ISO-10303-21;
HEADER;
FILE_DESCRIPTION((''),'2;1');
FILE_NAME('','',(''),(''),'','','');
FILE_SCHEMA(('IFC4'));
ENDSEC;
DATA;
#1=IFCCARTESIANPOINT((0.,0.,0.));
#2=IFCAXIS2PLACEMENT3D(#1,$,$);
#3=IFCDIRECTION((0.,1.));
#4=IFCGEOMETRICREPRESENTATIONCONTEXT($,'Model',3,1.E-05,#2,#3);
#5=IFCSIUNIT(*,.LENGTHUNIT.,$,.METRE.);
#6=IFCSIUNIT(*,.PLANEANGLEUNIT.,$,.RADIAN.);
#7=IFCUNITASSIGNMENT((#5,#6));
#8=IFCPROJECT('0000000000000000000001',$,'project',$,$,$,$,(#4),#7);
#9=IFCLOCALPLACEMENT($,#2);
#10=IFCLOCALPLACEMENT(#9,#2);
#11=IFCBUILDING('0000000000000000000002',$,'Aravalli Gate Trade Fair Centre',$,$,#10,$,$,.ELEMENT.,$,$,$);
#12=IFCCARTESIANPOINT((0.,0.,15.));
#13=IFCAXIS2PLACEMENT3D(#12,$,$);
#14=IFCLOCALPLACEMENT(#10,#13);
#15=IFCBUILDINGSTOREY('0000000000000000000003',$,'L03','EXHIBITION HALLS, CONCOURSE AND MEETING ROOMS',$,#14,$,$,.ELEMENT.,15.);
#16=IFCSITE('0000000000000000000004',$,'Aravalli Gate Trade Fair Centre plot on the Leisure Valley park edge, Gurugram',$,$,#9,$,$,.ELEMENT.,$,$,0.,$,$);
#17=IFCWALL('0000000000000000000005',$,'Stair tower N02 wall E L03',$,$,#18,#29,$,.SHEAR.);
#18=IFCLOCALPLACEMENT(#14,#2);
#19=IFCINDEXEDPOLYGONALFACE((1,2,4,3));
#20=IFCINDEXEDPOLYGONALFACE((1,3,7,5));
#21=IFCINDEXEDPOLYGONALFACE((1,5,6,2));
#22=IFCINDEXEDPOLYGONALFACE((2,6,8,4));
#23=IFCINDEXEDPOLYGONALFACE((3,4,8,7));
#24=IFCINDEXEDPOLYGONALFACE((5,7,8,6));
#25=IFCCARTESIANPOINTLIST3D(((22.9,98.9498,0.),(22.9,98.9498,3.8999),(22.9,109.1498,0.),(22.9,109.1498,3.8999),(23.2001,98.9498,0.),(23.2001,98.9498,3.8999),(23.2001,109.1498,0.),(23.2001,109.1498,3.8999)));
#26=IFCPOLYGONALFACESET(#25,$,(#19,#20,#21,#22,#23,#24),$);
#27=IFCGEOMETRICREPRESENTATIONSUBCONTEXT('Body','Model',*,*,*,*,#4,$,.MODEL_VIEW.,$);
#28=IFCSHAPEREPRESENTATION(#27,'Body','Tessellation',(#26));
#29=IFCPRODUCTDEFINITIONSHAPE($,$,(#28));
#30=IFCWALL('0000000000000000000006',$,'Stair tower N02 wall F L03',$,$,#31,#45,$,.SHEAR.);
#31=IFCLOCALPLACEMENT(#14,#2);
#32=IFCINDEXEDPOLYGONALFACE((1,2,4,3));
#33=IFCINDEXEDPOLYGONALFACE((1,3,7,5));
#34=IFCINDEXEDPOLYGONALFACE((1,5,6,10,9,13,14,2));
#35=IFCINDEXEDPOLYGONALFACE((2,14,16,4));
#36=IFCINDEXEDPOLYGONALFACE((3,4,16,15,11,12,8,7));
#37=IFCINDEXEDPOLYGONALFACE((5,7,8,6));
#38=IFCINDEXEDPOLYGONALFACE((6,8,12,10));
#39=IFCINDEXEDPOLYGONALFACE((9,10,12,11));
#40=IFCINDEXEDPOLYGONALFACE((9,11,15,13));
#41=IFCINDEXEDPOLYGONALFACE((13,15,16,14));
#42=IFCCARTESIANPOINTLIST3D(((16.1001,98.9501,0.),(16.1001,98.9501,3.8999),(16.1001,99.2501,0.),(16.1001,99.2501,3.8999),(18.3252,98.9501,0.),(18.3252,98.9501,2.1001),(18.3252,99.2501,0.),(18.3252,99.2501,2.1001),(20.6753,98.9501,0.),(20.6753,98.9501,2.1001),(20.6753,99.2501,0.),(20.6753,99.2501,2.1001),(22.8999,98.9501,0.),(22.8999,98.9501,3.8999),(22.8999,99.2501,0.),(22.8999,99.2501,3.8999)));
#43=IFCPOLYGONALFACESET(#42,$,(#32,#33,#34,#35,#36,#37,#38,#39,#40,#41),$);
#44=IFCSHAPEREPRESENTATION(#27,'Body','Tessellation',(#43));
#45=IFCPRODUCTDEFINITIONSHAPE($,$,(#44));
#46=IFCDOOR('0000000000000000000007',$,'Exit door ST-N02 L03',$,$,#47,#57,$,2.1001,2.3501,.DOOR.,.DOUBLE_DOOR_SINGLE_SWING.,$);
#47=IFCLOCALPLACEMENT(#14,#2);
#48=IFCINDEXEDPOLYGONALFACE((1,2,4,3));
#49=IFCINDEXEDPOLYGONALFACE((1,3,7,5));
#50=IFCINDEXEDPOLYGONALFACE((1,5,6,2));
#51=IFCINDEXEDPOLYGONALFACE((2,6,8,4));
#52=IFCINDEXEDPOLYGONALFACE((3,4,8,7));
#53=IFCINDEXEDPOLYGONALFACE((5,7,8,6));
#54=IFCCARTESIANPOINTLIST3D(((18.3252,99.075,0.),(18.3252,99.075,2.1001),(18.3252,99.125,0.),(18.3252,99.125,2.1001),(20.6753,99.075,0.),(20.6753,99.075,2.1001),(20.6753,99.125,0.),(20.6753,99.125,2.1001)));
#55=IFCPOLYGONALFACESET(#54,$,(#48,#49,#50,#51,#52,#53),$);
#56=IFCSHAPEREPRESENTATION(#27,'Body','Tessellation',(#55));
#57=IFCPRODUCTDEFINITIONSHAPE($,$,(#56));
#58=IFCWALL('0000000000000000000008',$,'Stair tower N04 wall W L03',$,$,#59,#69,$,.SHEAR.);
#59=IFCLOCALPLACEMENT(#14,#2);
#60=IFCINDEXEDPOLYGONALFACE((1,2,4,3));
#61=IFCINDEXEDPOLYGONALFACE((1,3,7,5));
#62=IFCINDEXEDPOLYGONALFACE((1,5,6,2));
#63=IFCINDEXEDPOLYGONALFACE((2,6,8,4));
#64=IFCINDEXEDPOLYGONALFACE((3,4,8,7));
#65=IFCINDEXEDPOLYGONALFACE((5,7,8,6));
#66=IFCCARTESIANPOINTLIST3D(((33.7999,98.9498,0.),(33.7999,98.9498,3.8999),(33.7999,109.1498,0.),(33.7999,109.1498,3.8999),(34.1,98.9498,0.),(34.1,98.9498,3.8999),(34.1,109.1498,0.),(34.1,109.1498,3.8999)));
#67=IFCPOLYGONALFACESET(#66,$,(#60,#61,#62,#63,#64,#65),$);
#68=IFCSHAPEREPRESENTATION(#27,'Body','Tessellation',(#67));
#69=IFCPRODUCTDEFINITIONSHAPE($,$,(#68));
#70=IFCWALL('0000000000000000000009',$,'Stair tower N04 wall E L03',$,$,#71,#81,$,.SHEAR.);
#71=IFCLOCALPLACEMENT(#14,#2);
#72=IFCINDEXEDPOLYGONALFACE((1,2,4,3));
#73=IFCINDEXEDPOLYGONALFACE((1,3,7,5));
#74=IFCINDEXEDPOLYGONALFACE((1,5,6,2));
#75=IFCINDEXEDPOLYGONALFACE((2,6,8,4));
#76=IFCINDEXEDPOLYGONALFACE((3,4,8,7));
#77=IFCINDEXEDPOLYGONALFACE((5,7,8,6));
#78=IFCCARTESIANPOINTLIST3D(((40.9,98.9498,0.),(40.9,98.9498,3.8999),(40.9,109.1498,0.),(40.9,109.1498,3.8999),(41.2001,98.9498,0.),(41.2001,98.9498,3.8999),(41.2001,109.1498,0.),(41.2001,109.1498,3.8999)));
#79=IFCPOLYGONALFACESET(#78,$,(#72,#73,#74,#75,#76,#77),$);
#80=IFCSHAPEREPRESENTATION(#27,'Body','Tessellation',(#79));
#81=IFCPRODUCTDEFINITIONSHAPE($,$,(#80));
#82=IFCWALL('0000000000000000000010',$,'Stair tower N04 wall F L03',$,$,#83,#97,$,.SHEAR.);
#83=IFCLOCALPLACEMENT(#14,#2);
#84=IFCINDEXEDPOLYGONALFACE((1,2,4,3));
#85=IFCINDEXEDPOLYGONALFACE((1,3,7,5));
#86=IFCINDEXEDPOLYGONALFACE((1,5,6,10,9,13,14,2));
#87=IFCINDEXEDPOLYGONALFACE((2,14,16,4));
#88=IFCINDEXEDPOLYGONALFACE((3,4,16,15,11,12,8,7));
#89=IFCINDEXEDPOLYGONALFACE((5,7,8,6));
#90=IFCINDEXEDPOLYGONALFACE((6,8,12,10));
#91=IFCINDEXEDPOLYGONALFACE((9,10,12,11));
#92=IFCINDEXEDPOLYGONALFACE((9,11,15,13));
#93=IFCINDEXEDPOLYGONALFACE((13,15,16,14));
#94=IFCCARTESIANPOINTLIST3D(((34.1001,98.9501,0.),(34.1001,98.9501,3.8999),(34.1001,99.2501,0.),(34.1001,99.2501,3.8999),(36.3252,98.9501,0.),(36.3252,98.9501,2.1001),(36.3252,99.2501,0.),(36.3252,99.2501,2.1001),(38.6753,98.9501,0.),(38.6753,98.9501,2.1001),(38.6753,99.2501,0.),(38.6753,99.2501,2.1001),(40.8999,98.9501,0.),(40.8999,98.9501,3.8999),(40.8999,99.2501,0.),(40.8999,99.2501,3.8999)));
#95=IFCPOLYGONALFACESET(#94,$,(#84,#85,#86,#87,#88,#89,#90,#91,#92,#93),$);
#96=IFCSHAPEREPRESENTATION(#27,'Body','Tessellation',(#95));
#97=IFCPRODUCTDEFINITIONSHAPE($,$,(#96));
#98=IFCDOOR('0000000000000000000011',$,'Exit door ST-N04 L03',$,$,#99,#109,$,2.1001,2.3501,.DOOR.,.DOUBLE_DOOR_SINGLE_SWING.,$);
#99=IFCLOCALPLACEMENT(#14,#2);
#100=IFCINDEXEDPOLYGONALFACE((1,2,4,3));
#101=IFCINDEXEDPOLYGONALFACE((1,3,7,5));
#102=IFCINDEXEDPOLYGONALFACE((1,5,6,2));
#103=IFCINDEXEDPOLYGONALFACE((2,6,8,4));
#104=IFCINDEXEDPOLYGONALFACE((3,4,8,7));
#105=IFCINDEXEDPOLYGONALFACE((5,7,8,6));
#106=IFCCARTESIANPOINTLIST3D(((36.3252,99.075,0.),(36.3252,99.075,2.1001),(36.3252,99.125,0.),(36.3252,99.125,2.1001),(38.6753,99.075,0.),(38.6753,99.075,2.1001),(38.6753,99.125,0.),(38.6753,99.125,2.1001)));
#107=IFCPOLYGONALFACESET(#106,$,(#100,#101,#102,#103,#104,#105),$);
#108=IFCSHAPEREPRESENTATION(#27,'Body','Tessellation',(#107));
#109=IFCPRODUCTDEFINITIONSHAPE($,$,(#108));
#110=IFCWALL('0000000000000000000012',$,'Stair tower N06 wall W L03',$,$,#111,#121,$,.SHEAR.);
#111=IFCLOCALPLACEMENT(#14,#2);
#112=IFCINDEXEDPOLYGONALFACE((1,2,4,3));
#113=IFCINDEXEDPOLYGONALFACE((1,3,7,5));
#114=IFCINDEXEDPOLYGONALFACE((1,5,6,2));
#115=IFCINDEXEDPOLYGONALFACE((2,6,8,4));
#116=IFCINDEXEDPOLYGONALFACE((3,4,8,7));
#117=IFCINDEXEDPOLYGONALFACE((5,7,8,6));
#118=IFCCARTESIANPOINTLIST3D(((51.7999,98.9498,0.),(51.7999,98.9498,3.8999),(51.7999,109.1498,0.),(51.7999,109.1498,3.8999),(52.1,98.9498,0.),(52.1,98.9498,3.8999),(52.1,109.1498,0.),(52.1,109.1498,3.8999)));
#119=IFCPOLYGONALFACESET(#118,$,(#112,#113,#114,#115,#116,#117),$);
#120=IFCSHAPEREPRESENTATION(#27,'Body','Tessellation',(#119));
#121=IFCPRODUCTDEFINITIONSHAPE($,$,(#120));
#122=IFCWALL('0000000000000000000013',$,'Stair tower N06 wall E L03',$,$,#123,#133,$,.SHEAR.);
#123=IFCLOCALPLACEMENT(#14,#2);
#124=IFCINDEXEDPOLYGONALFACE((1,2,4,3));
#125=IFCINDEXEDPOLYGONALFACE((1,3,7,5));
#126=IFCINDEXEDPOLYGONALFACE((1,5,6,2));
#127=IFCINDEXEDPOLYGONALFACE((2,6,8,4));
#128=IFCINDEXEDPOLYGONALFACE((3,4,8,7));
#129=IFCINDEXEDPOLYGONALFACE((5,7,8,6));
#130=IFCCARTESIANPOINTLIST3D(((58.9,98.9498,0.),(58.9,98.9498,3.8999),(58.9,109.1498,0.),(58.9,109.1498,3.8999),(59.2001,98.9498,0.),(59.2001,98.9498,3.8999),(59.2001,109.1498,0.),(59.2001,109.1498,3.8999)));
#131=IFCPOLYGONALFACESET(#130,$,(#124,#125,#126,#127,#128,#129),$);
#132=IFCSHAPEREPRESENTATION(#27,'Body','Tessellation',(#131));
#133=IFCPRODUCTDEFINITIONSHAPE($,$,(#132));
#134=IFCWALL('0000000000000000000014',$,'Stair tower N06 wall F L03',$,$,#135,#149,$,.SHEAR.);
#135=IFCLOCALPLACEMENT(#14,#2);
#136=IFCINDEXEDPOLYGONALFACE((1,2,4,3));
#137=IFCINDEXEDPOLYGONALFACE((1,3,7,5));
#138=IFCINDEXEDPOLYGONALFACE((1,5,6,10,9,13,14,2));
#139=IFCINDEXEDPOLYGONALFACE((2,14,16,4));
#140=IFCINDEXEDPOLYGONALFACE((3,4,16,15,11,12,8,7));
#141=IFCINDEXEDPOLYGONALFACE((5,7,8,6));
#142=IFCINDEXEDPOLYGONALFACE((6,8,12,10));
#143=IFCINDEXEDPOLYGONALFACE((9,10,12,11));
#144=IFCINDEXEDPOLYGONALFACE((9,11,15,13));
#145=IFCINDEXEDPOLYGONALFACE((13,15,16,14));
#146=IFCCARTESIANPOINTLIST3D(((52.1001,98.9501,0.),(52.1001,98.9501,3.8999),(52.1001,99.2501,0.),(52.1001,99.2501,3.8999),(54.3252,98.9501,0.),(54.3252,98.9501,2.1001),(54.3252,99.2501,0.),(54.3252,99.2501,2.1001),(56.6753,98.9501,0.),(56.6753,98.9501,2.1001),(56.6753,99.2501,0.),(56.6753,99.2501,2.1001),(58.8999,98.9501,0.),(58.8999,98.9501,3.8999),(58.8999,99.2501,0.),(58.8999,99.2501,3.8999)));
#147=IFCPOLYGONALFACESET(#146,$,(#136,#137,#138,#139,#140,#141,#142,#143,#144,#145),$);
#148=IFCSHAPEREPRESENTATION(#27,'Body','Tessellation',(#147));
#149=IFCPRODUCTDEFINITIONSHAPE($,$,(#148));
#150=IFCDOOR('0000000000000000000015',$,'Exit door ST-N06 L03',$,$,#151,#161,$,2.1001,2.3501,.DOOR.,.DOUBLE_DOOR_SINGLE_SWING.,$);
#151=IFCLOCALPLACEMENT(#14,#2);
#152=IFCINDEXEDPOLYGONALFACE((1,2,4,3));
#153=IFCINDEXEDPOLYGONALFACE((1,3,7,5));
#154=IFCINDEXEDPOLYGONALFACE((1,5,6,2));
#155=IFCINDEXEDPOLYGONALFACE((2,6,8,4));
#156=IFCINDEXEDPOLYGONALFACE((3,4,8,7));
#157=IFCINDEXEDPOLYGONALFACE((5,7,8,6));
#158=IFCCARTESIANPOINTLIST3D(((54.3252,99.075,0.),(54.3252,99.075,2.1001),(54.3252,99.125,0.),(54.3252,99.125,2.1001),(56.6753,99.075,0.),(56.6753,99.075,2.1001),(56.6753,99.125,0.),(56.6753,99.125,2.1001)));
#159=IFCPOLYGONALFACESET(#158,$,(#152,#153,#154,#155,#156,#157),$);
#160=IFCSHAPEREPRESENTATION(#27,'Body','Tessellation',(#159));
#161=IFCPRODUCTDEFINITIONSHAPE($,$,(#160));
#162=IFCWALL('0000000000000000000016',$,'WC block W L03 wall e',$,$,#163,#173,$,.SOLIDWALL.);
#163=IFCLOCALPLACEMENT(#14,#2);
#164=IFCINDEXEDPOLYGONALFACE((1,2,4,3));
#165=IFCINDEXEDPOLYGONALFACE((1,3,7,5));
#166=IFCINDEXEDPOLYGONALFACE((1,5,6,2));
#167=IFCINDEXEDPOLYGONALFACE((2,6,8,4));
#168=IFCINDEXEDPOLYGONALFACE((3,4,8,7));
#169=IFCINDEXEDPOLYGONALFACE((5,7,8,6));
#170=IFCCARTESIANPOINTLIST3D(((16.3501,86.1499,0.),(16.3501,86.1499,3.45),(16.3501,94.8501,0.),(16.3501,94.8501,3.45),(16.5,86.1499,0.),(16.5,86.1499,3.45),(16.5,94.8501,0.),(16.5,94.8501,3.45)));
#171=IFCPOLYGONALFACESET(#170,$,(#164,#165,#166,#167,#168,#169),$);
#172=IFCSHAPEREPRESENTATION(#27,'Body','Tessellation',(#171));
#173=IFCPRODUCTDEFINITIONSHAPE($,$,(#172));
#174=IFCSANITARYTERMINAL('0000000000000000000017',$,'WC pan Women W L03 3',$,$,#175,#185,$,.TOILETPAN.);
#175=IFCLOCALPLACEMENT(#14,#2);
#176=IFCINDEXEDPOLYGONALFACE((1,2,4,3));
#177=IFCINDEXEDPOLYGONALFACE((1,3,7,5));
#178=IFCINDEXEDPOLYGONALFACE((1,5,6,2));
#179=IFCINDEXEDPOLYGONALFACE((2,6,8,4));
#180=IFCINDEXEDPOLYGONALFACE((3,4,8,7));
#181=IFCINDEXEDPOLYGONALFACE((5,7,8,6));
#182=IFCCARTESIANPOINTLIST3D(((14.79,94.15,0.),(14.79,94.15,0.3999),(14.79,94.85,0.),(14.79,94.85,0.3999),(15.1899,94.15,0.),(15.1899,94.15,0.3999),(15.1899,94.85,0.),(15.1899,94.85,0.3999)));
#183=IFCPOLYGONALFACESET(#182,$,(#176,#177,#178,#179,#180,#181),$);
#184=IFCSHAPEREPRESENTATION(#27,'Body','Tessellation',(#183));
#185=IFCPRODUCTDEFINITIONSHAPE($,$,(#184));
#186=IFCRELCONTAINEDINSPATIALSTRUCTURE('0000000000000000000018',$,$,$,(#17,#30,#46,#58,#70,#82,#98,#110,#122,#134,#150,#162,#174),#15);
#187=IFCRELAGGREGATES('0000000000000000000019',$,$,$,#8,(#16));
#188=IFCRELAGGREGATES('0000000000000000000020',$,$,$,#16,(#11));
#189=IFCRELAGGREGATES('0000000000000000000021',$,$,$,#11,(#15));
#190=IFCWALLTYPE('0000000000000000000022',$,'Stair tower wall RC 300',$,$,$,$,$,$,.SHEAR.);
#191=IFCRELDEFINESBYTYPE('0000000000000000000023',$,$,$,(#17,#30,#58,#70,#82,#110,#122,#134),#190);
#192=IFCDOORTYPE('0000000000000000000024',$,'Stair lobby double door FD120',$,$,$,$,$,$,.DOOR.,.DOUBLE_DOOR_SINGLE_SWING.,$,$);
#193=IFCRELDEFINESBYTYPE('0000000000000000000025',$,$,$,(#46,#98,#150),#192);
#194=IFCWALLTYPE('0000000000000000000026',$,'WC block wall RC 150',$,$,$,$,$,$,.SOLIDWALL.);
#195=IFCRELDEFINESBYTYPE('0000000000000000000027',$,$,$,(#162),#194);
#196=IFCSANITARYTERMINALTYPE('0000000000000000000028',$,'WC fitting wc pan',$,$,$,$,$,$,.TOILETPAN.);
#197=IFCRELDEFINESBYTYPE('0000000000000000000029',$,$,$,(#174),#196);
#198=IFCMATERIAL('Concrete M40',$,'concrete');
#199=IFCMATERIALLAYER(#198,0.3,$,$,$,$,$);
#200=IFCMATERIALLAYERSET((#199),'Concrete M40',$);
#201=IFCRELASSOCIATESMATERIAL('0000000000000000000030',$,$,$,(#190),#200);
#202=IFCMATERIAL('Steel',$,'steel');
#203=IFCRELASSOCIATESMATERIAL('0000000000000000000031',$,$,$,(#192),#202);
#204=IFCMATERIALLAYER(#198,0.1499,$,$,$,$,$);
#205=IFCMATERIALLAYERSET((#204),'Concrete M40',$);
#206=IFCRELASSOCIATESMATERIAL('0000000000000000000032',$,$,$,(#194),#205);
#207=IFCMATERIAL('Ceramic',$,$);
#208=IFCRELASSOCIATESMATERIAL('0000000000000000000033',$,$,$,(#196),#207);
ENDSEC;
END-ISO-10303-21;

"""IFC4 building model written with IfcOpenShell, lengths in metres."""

from ifc_helpers import new_model, si_unit, direction, frame, frame_2d, origin, origin_2d, place, context, subcontext, project, spatial, rectangle, extrude, material, layer, layer_set, type_object, element, fill, save


model = new_model("IFC4")

# Units and contexts
model_context = context("Model", 3, precision=1e-05, world=origin(), true_north=direction((0.0, 1.0)))
body_context = subcontext(model_context, "Body", "Model", "MODEL_VIEW")
ifc_project = project(units=[si_unit("LENGTHUNIT", "METRE"), si_unit("PLANEANGLEUNIT", "RADIAN")], contexts=[model_context])

# Site, building, storey
site_placement = place(None, origin())
site = spatial("IfcSite", under=ifc_project, at=site_placement, Name="Aravalli Gate Trade Fair Centre plot on the Leisure Valley park edge, Gurugram", CompositionType="ELEMENT", RefElevation=0.0)
building_placement = place(site_placement, origin())
building = spatial("IfcBuilding", under=site, at=building_placement, Name="Aravalli Gate Trade Fair Centre", CompositionType="ELEMENT")
storey_placement = place(building_placement, frame((0.0, 0.0, 15.0)))
storey = spatial("IfcBuildingStorey", under=building, at=storey_placement, Name="L03", Description="EXHIBITION HALLS, CONCOURSE AND MEETING ROOMS", CompositionType="ELEMENT", Elevation=15.0)

# Shared definitions
ifc_material_1 = material(Name="Concrete M40", Category="concrete")

# Shared definitions
ifc_layer_1 = layer(ifc_material_1, 0.3)
ifc_layer_set_1 = layer_set([ifc_layer_1], Name="Concrete M40")
wall_type_1 = type_object("IfcWallType", Name="Stair tower wall RC 300", PredefinedType="SHEAR", material=ifc_layer_set_1)
ifc_material_2 = material(Name="Steel", Category="steel")
door_type = type_object("IfcDoorType", Name="Stair lobby double door FD120", OperationType="DOUBLE_DOOR_SINGLE_SWING", PredefinedType="DOOR", material=ifc_material_2)

# Wall
for number, where, z_axis, x_axis, name in (
    (1, (23.05, 109.1499, 0.0), (0.0, 0.0, 1.0), (0.0, -1.0, 0.0), "Stair tower N02 wall E L03"),
):
    element("IfcWall", number, at=place(storey_placement, frame(where, z_axis=z_axis, x_axis=x_axis)), inside=storey, type_object=wall_type_1, Name=name, PredefinedType="SHEAR", context=body_context, shape_type="SweptSolid", body=[
        extrude(rectangle(XDim=10.2, YDim=0.3, at=frame_2d((5.1001, 0.0))), origin(), (0.0, 0.0, 1.0), 3.8999),
    ])

# Wall, opening, door
wall_1_placement = place(storey_placement, frame((16.1001, 99.1001, 0.0), z_axis=(0.0, 0.0, 1.0), x_axis=(1.0, 0.0, 0.0)))
wall_1 = element("IfcWall", 2, at=wall_1_placement, inside=storey, type_object=wall_type_1, Name="Stair tower N02 wall F L03", PredefinedType="SHEAR", context=body_context, shape_type="SweptSolid", body=[
    extrude(rectangle(XDim=6.7998, YDim=0.3, at=frame_2d((3.3999, 0.0))), origin(), (0.0, 0.0, 1.0), 3.8999),
])
opening_1_placement = place(wall_1_placement, frame((2.2251, 0.0, 0.0)))
opening_1 = element("IfcOpeningElement", 3, at=opening_1_placement, cuts=wall_1, PredefinedType="OPENING", context=body_context, shape_type="SweptSolid", body=[
    extrude(rectangle(XDim=2.3501, YDim=2.1001, at=frame_2d((1.175, 1.05))), frame((0.0, 0.1599, 0.0), z_axis=(0.0, -1.0, 0.0), x_axis=(1.0, 0.0, 0.0)), (0.0, 0.0, 1.0), 0.3201),
])
door_1_placement = place(opening_1_placement, origin())
door_1 = element("IfcDoor", 4, at=door_1_placement, inside=storey, type_object=door_type, Name="Exit door ST-N02 L03", OperationType="DOUBLE_DOOR_SINGLE_SWING", OverallHeight=2.1001, OverallWidth=2.3501, PredefinedType="DOOR", context=body_context, shape_type="SweptSolid", body=[
    extrude(rectangle(XDim=2.3501, YDim=2.1001, at=frame_2d((1.175, 1.05))), frame((0.0, 0.0249, 0.0), z_axis=(0.0, -1.0, 0.0), x_axis=(1.0, 0.0, 0.0)), (0.0, 0.0, 1.0), 0.05),
])
fill(opening_1, door_1)

# Walls
for number, where, z_axis, x_axis, name in (
    (5, (33.95, 109.1499, 0.0), (0.0, 0.0, 1.0), (0.0, -1.0, 0.0), "Stair tower N04 wall W L03"),
    (6, (41.05, 109.1499, 0.0), (0.0, 0.0, 1.0), (0.0, -1.0, 0.0), "Stair tower N04 wall E L03"),
):
    element("IfcWall", number, at=place(storey_placement, frame(where, z_axis=z_axis, x_axis=x_axis)), inside=storey, type_object=wall_type_1, Name=name, PredefinedType="SHEAR", context=body_context, shape_type="SweptSolid", body=[
        extrude(rectangle(XDim=10.2, YDim=0.3, at=frame_2d((5.1001, 0.0))), origin(), (0.0, 0.0, 1.0), 3.8999),
    ])

# Wall, opening, door
wall_2_placement = place(storey_placement, frame((34.1001, 99.1001, 0.0), z_axis=(0.0, 0.0, 1.0), x_axis=(1.0, 0.0, 0.0)))
wall_2 = element("IfcWall", 7, at=wall_2_placement, inside=storey, type_object=wall_type_1, Name="Stair tower N04 wall F L03", PredefinedType="SHEAR", context=body_context, shape_type="SweptSolid", body=[
    extrude(rectangle(XDim=6.7998, YDim=0.3, at=frame_2d((3.3999, 0.0))), origin(), (0.0, 0.0, 1.0), 3.8999),
])
opening_2_placement = place(wall_2_placement, frame((2.2251, 0.0, 0.0)))
opening_2 = element("IfcOpeningElement", 8, at=opening_2_placement, cuts=wall_2, PredefinedType="OPENING", context=body_context, shape_type="SweptSolid", body=[
    extrude(rectangle(XDim=2.3501, YDim=2.1001, at=frame_2d((1.175, 1.05))), frame((0.0, 0.1599, 0.0), z_axis=(0.0, -1.0, 0.0), x_axis=(1.0, 0.0, 0.0)), (0.0, 0.0, 1.0), 0.3201),
])
door_2_placement = place(opening_2_placement, origin())
door_2 = element("IfcDoor", 9, at=door_2_placement, inside=storey, type_object=door_type, Name="Exit door ST-N04 L03", OperationType="DOUBLE_DOOR_SINGLE_SWING", OverallHeight=2.1001, OverallWidth=2.3501, PredefinedType="DOOR", context=body_context, shape_type="SweptSolid", body=[
    extrude(rectangle(XDim=2.3501, YDim=2.1001, at=frame_2d((1.175, 1.05))), frame((0.0, 0.0249, 0.0), z_axis=(0.0, -1.0, 0.0), x_axis=(1.0, 0.0, 0.0)), (0.0, 0.0, 1.0), 0.05),
])
fill(opening_2, door_2)

# Walls
for number, where, z_axis, x_axis, name in (
    (10, (51.95, 109.1499, 0.0), (0.0, 0.0, 1.0), (0.0, -1.0, 0.0), "Stair tower N06 wall W L03"),
    (11, (59.05, 109.1499, 0.0), (0.0, 0.0, 1.0), (0.0, -1.0, 0.0), "Stair tower N06 wall E L03"),
):
    element("IfcWall", number, at=place(storey_placement, frame(where, z_axis=z_axis, x_axis=x_axis)), inside=storey, type_object=wall_type_1, Name=name, PredefinedType="SHEAR", context=body_context, shape_type="SweptSolid", body=[
        extrude(rectangle(XDim=10.2, YDim=0.3, at=frame_2d((5.1001, 0.0))), origin(), (0.0, 0.0, 1.0), 3.8999),
    ])

# Wall, opening, door
wall_3_placement = place(storey_placement, frame((52.1001, 99.1001, 0.0), z_axis=(0.0, 0.0, 1.0), x_axis=(1.0, 0.0, 0.0)))
wall_3 = element("IfcWall", 12, at=wall_3_placement, inside=storey, type_object=wall_type_1, Name="Stair tower N06 wall F L03", PredefinedType="SHEAR", context=body_context, shape_type="SweptSolid", body=[
    extrude(rectangle(XDim=6.7998, YDim=0.3, at=frame_2d((3.3999, 0.0))), origin(), (0.0, 0.0, 1.0), 3.8999),
])
opening_3_placement = place(wall_3_placement, frame((2.2251, 0.0, 0.0)))
opening_3 = element("IfcOpeningElement", 13, at=opening_3_placement, cuts=wall_3, PredefinedType="OPENING", context=body_context, shape_type="SweptSolid", body=[
    extrude(rectangle(XDim=2.3501, YDim=2.1001, at=frame_2d((1.175, 1.05))), frame((0.0, 0.1599, 0.0), z_axis=(0.0, -1.0, 0.0), x_axis=(1.0, 0.0, 0.0)), (0.0, 0.0, 1.0), 0.3201),
])
door_3_placement = place(opening_3_placement, origin())
door_3 = element("IfcDoor", 14, at=door_3_placement, inside=storey, type_object=door_type, Name="Exit door ST-N06 L03", OperationType="DOUBLE_DOOR_SINGLE_SWING", OverallHeight=2.1001, OverallWidth=2.3501, PredefinedType="DOOR", context=body_context, shape_type="SweptSolid", body=[
    extrude(rectangle(XDim=2.3501, YDim=2.1001, at=frame_2d((1.175, 1.05))), frame((0.0, 0.0249, 0.0), z_axis=(0.0, -1.0, 0.0), x_axis=(1.0, 0.0, 0.0)), (0.0, 0.0, 1.0), 0.05),
])
fill(opening_3, door_3)

# Wall
ifc_layer_2 = layer(ifc_material_1, 0.1499)
ifc_layer_set_2 = layer_set([ifc_layer_2], Name="Concrete M40")
wall_type_2 = type_object("IfcWallType", Name="WC block wall RC 150", PredefinedType="SOLIDWALL", material=ifc_layer_set_2)
wall_4_placement = place(storey_placement, frame((16.425, 86.1499, 0.0), z_axis=(0.0, 0.0, 1.0), x_axis=(0.0, 1.0, 0.0)))
element("IfcWall", 15, at=wall_4_placement, inside=storey, type_object=wall_type_2, Name="WC block W L03 wall e", PredefinedType="SOLIDWALL", context=body_context, shape_type="SweptSolid", body=[
    extrude(rectangle(XDim=8.7002, YDim=0.1499, at=frame_2d((4.3501, 0.0))), origin(), (0.0, 0.0, 1.0), 3.45),
])

# Sanitary terminal
ifc_material_3 = material(Name="Ceramic")
sanitary_terminal_type = type_object("IfcSanitaryTerminalType", Name="WC fitting wc pan", PredefinedType="TOILETPAN", material=ifc_material_3)
for number, where, z_axis, x_axis, name in (
    (16, (14.99, 94.5, 0.0), (0.0, 0.0, 1.0), (1.0, 0.0, 0.0), "WC pan Women W L03 3"),
):
    element("IfcSanitaryTerminal", number, at=place(storey_placement, frame(where, z_axis=z_axis, x_axis=x_axis)), inside=storey, type_object=sanitary_terminal_type, Name=name, PredefinedType="TOILETPAN", context=body_context, shape_type="SweptSolid", body=[
        extrude(rectangle(XDim=0.3999, YDim=0.7, at=origin_2d()), origin(), (0.0, 0.0, 1.0), 0.3999),
    ])

save(model, "model.ifc")
